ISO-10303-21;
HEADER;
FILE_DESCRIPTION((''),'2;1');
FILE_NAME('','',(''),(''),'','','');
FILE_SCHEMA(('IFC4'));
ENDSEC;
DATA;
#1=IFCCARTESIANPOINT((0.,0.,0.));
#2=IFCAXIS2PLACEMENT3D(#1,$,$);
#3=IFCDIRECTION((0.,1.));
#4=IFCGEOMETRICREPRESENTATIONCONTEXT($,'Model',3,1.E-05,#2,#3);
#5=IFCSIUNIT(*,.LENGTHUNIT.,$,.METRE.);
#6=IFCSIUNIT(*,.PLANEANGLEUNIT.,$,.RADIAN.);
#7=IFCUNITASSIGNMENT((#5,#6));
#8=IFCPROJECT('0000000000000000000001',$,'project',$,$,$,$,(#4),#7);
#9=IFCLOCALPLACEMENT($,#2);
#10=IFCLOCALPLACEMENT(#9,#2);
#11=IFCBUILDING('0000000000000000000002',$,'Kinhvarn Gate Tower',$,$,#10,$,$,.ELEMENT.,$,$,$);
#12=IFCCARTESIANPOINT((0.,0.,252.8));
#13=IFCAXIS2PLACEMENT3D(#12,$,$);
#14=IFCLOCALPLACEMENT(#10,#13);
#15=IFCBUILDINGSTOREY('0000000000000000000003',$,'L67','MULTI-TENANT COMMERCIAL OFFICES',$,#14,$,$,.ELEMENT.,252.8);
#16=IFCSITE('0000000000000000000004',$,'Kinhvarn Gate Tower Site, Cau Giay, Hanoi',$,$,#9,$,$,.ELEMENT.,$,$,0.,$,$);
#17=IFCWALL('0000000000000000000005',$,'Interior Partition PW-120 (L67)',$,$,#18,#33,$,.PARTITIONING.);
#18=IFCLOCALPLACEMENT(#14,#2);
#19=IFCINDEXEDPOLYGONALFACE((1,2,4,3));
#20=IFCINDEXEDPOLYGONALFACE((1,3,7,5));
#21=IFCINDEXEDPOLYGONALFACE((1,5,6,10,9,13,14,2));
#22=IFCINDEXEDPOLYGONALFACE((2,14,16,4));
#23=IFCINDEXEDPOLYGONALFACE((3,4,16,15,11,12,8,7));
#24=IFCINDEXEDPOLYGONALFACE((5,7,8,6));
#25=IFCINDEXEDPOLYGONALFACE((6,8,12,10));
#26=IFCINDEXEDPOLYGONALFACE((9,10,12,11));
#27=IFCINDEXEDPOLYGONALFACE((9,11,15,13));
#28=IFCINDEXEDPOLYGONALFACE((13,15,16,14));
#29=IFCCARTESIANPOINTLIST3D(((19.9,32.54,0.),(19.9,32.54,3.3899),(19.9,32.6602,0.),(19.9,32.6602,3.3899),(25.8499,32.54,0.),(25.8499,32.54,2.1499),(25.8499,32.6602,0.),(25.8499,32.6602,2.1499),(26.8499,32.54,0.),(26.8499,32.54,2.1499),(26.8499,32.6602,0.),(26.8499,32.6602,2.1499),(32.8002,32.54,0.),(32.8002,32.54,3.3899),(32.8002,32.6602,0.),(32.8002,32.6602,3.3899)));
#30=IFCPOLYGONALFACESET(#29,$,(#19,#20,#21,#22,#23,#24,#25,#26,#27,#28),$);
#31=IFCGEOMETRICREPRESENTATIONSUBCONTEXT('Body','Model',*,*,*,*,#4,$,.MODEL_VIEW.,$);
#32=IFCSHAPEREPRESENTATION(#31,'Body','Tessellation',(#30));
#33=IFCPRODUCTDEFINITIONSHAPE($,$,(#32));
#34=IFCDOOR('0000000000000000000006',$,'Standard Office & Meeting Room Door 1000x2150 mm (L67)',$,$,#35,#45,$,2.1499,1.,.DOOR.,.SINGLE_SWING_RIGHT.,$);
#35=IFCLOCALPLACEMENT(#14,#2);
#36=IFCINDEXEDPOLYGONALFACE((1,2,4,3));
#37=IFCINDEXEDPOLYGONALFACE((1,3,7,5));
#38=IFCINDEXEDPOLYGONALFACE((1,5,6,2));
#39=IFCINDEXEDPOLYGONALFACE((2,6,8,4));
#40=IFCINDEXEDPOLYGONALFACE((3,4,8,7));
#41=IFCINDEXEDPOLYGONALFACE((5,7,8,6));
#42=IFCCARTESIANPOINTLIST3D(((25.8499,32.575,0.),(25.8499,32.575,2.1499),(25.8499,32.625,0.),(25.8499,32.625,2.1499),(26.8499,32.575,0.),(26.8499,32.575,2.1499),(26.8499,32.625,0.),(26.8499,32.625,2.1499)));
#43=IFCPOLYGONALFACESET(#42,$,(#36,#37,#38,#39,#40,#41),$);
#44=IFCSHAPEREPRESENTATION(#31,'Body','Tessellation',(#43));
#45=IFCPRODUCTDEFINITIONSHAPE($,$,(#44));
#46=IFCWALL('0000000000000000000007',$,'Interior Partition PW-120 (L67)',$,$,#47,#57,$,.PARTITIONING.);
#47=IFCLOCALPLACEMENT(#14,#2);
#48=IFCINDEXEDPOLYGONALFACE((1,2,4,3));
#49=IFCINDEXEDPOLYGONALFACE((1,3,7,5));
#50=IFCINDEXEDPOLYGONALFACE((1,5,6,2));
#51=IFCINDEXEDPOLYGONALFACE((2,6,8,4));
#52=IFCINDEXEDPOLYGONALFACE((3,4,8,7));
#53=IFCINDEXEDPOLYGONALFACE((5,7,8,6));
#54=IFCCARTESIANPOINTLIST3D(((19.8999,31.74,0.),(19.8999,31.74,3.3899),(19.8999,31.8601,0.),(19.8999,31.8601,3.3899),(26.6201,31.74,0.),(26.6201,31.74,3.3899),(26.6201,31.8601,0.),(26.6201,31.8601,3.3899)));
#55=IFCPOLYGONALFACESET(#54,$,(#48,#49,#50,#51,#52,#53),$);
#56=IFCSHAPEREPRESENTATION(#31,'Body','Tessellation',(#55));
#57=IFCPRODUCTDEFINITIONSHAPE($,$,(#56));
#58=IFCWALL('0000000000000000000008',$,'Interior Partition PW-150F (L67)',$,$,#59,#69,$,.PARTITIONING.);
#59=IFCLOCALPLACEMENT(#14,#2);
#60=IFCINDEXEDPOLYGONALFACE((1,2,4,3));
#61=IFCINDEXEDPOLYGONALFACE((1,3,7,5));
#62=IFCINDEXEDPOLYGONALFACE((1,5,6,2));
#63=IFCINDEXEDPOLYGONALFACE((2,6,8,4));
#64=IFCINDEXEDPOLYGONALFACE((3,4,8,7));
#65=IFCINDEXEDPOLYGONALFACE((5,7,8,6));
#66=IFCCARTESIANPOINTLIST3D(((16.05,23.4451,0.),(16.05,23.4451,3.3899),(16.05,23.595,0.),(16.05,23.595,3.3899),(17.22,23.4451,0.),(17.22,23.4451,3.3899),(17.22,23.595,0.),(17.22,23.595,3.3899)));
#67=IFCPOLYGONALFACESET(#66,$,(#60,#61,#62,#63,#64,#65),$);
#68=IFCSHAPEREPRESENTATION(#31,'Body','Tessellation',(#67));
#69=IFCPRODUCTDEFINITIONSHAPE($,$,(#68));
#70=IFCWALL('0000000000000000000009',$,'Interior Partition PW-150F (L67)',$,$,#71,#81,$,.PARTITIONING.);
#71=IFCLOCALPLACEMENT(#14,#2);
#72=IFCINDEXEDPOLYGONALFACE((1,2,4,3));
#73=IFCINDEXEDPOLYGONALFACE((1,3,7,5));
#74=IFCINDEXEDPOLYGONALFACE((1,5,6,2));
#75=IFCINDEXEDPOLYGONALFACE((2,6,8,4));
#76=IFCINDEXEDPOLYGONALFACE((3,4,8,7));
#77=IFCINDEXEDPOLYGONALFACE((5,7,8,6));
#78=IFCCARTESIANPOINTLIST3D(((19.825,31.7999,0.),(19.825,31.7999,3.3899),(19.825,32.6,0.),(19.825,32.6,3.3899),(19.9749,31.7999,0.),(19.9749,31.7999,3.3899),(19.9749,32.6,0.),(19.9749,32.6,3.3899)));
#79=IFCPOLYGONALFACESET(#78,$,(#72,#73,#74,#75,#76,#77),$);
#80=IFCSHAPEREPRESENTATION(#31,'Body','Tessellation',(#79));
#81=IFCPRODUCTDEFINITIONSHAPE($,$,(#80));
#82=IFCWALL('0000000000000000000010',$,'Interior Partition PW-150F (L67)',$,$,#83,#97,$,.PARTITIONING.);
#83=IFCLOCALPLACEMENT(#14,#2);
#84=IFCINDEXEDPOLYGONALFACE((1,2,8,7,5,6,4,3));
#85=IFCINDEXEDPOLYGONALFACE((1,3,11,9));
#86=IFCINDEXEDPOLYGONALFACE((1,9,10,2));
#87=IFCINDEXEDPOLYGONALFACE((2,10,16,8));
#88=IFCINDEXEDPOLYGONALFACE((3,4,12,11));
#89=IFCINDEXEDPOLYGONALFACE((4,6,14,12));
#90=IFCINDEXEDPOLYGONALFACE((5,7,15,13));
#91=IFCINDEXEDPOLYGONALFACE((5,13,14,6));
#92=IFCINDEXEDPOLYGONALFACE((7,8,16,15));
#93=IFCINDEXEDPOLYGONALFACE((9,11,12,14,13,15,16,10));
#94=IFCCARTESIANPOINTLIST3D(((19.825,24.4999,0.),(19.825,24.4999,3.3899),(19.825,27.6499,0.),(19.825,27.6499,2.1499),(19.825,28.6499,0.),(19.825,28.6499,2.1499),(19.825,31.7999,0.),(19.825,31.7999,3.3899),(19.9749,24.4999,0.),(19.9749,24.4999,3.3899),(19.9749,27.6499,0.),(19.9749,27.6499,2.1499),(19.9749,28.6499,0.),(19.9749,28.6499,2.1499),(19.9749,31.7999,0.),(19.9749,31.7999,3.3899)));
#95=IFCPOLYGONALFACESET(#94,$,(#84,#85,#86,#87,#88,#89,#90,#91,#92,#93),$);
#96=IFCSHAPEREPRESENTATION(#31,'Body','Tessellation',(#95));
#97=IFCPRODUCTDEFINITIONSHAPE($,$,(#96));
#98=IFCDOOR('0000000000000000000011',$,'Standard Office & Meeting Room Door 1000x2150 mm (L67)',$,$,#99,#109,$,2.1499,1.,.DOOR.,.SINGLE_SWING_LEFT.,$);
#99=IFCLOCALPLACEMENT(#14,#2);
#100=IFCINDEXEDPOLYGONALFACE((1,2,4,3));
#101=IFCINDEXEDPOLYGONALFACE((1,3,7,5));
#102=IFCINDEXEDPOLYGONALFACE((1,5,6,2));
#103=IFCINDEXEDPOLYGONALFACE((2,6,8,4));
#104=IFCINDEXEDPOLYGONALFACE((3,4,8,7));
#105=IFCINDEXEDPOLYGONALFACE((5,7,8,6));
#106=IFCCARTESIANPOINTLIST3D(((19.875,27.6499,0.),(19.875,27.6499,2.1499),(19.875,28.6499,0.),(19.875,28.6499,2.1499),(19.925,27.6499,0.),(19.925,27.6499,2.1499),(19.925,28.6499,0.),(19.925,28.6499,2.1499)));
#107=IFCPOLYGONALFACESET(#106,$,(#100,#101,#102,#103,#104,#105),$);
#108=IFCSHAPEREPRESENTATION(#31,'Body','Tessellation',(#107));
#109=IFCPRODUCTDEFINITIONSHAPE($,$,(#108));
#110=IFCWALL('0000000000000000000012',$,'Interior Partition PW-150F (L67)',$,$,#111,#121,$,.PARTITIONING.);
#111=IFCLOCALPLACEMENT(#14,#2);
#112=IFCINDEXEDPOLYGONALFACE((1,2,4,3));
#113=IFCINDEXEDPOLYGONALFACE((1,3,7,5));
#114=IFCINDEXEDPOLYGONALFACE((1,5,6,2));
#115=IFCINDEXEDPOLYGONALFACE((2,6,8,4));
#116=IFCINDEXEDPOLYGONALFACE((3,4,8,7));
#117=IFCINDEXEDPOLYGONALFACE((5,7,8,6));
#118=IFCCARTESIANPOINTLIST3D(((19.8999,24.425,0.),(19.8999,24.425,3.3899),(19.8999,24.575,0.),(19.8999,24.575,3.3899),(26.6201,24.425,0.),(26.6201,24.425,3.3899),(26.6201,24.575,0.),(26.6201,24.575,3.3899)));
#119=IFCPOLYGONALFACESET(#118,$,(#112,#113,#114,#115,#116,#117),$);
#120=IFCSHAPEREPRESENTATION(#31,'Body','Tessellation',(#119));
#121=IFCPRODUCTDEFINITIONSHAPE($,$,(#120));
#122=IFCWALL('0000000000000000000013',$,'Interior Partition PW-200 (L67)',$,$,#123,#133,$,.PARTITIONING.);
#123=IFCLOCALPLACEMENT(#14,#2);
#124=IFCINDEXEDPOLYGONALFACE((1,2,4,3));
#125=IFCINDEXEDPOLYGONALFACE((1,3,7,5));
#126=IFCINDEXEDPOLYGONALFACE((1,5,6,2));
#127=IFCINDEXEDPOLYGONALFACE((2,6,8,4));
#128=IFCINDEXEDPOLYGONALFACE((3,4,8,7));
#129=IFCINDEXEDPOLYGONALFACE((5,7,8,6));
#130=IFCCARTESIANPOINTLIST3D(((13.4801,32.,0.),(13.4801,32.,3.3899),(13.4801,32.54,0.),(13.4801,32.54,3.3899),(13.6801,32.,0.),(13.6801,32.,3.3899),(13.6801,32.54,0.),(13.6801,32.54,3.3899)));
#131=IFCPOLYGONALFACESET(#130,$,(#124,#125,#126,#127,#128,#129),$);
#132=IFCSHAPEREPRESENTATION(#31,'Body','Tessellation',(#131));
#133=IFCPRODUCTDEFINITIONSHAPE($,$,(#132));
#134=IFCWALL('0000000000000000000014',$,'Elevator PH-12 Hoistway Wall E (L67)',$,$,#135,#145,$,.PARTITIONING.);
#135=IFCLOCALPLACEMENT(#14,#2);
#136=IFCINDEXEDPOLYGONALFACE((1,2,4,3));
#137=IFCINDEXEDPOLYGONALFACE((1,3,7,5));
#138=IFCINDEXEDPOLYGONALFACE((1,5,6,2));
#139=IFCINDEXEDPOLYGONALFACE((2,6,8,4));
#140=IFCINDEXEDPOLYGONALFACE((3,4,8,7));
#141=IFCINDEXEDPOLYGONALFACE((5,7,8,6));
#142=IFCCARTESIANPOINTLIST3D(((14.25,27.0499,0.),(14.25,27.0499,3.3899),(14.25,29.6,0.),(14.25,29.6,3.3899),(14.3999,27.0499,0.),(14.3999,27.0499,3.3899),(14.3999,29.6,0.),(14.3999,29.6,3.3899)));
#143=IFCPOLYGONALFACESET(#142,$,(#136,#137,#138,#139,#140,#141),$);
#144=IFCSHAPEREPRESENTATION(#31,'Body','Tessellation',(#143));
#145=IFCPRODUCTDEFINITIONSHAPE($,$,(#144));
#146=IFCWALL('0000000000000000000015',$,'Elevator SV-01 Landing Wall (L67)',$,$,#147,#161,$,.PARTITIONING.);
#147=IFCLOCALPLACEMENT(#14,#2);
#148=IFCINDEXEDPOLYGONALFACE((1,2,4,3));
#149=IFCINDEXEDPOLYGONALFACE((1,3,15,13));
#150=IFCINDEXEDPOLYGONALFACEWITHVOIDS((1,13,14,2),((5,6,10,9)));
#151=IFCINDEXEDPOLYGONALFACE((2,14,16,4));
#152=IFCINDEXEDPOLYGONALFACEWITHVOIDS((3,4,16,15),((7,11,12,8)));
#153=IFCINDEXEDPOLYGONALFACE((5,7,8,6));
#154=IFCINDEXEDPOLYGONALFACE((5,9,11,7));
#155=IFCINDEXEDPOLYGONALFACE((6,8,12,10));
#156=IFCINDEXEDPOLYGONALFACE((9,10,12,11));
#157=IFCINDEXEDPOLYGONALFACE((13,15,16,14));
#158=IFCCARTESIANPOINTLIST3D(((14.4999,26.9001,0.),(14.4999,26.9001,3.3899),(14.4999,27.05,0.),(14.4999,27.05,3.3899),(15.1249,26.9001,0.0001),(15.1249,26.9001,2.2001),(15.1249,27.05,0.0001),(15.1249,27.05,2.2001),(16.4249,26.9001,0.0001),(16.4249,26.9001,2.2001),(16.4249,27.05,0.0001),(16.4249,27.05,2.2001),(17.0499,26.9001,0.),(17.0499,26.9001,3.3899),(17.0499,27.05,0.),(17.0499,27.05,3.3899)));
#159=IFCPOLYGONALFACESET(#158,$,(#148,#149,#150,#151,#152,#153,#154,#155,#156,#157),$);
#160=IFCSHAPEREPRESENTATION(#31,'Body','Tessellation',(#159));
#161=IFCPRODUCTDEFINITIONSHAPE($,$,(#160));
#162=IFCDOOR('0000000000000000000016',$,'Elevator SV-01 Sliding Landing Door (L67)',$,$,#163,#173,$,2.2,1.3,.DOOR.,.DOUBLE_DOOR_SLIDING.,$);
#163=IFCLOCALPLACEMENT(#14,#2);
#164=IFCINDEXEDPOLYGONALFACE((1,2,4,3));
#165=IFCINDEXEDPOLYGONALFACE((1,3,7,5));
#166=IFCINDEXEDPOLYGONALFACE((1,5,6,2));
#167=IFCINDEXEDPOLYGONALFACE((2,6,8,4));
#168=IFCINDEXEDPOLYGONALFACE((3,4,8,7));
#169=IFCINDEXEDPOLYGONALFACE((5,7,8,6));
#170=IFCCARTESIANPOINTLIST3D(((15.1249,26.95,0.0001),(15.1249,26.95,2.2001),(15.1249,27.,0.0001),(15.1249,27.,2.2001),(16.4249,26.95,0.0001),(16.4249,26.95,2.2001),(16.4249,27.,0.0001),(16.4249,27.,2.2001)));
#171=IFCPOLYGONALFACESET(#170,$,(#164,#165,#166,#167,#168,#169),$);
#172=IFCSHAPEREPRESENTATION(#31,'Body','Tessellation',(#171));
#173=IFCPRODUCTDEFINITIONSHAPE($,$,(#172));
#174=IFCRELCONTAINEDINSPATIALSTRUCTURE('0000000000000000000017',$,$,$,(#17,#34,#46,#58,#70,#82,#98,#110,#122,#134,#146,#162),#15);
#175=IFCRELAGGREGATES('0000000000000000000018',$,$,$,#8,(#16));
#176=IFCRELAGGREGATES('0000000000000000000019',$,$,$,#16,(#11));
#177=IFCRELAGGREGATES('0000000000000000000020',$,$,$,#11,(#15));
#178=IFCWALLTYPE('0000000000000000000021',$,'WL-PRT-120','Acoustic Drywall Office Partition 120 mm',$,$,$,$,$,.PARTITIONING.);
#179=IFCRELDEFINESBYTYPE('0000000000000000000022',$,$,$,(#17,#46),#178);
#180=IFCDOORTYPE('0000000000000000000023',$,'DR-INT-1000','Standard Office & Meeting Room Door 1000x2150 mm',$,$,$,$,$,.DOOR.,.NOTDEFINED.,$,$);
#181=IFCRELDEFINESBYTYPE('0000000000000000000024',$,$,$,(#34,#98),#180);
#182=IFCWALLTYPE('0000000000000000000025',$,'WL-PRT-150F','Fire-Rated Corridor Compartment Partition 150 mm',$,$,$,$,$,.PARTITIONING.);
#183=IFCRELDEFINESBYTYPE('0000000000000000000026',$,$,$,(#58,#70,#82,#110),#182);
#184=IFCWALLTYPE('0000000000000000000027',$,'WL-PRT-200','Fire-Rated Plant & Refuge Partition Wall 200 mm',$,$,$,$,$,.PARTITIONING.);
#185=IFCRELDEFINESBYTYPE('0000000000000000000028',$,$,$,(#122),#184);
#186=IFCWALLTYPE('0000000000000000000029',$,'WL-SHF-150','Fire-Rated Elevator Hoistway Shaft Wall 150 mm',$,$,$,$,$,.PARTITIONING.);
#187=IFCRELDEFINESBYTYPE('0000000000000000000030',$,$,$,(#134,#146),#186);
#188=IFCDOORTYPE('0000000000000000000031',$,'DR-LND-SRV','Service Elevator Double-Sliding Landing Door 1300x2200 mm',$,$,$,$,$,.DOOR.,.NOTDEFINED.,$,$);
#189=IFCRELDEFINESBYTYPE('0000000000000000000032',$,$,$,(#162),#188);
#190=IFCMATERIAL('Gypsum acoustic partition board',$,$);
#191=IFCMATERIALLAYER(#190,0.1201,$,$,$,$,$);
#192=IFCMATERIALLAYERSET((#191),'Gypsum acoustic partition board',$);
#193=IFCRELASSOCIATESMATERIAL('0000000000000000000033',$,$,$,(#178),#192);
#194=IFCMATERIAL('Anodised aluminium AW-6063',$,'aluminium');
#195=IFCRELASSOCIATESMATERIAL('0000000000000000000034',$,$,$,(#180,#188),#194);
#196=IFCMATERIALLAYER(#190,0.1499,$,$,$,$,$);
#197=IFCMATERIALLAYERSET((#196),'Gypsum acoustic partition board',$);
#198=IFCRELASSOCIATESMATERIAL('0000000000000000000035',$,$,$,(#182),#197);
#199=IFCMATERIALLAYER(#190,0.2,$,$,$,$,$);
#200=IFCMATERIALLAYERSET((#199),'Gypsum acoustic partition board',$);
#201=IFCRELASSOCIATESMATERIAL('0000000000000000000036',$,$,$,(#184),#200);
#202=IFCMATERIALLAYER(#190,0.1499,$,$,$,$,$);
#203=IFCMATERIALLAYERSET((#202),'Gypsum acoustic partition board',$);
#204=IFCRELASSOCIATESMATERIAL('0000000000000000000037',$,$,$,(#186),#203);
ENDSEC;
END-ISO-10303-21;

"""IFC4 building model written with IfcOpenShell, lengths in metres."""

from ifc_helpers import new_model, si_unit, direction, frame, frame_2d, origin, place, context, subcontext, project, spatial, rectangle, extrude, material, layer, layer_set, type_object, element, fill, save


model = new_model("IFC4")

# Units and contexts
model_context = context("Model", 3, precision=1e-05, world=origin(), true_north=direction((0.0, 1.0)))
body_context = subcontext(model_context, "Body", "Model", "MODEL_VIEW")
ifc_project = project(units=[si_unit("LENGTHUNIT", "METRE"), si_unit("PLANEANGLEUNIT", "RADIAN")], contexts=[model_context])

# Site, building, storey
site_placement = place(None, origin())
site = spatial("IfcSite", under=ifc_project, at=site_placement, Name="Kinhvarn Gate Tower Site, Cau Giay, Hanoi", CompositionType="ELEMENT", RefElevation=0.0)
building_placement = place(site_placement, origin())
building = spatial("IfcBuilding", under=site, at=building_placement, Name="Kinhvarn Gate Tower", CompositionType="ELEMENT")
storey_placement = place(building_placement, frame((0.0, 0.0, 252.8)))
storey = spatial("IfcBuildingStorey", under=building, at=storey_placement, Name="L67", Description="MULTI-TENANT COMMERCIAL OFFICES", CompositionType="ELEMENT", Elevation=252.8)

# Wall, opening, door
ifc_material_1 = material(Name="Anodised aluminium AW-6063", Category="aluminium")
ifc_material_2 = material(Name="Gypsum acoustic partition board")
ifc_layer_1 = layer(ifc_material_2, 0.1201)
ifc_layer_set_1 = layer_set([ifc_layer_1], Name="Gypsum acoustic partition board")
wall_type_1 = type_object("IfcWallType", Name="WL-PRT-120", Description="Acoustic Drywall Office Partition 120 mm", PredefinedType="PARTITIONING", material=ifc_layer_set_1)
wall_1_placement = place(storey_placement, frame((19.8999, 32.6001, 0.0), z_axis=(0.0, 0.0, 1.0), x_axis=(1.0, 0.0, 0.0)))
wall_1 = element("IfcWall", 1, at=wall_1_placement, inside=storey, type_object=wall_type_1, Name="Interior Partition PW-120 (L67)", PredefinedType="PARTITIONING", context=body_context, shape_type="SweptSolid", body=[
    extrude(rectangle(XDim=12.9001, YDim=0.1201, at=frame_2d((6.4502, 0.0))), origin(), (0.0, 0.0, 1.0), 3.3899),
])
opening_1_placement = place(wall_1_placement, frame((5.95, 0.0, 0.0)))
opening_1 = element("IfcOpeningElement", 2, at=opening_1_placement, cuts=wall_1, PredefinedType="OPENING", context=body_context, shape_type="SweptSolid", body=[
    extrude(rectangle(XDim=1.0, YDim=2.1499, at=frame_2d((0.5, 1.075))), frame((0.0, 0.0701, 0.0), z_axis=(0.0, -1.0, 0.0), x_axis=(1.0, 0.0, 0.0)), (0.0, 0.0, 1.0), 0.1401),
])
door_type_1 = type_object("IfcDoorType", Name="DR-INT-1000", Description="Standard Office & Meeting Room Door 1000x2150 mm", OperationType="NOTDEFINED", PredefinedType="DOOR", material=ifc_material_1)
door_1_placement = place(opening_1_placement, origin())
door_1 = element("IfcDoor", 3, at=door_1_placement, inside=storey, type_object=door_type_1, Name="Standard Office & Meeting Room Door 1000x2150 mm (L67)", OperationType="SINGLE_SWING_RIGHT", OverallHeight=2.1499, OverallWidth=1.0, PredefinedType="DOOR", context=body_context, shape_type="SweptSolid", body=[
    extrude(rectangle(XDim=1.0, YDim=2.1499, at=frame_2d((0.5, 1.075))), frame((0.0, 0.0249, 0.0), z_axis=(0.0, -1.0, 0.0), x_axis=(1.0, 0.0, 0.0)), (0.0, 0.0, 1.0), 0.05),
])
fill(opening_1, door_1)

# Walls
wall_2_placement = place(storey_placement, frame((19.8999, 31.8, 0.0), z_axis=(0.0, 0.0, 1.0), x_axis=(1.0, 0.0, 0.0)))
element("IfcWall", 4, at=wall_2_placement, inside=storey, type_object=wall_type_1, Name="Interior Partition PW-120 (L67)", PredefinedType="PARTITIONING", context=body_context, shape_type="SweptSolid", body=[
    extrude(rectangle(XDim=6.7202, YDim=0.1201, at=frame_2d((3.3601, 0.0))), origin(), (0.0, 0.0, 1.0), 3.3899),
])
ifc_layer_2 = layer(ifc_material_2, 0.1499)
ifc_layer_set_2 = layer_set([ifc_layer_2], Name="Gypsum acoustic partition board")
wall_type_2 = type_object("IfcWallType", Name="WL-PRT-150F", Description="Fire-Rated Corridor Compartment Partition 150 mm", PredefinedType="PARTITIONING", material=ifc_layer_set_2)
wall_3_placement = place(storey_placement, frame((16.05, 23.52, 0.0), z_axis=(0.0, 0.0, 1.0), x_axis=(1.0, 0.0, 0.0)))
element("IfcWall", 5, at=wall_3_placement, inside=storey, type_object=wall_type_2, Name="Interior Partition PW-150F (L67)", PredefinedType="PARTITIONING", context=body_context, shape_type="SweptSolid", body=[
    extrude(rectangle(XDim=1.1699, YDim=0.1499, at=frame_2d((0.585, 0.0))), origin(), (0.0, 0.0, 1.0), 3.3899),
])

# Wall
wall_4_placement = place(storey_placement, frame((19.8999, 31.8, 0.0), z_axis=(0.0, 0.0, 1.0), x_axis=(0.0, 1.0, 0.0)))
element("IfcWall", 6, at=wall_4_placement, inside=storey, type_object=wall_type_2, Name="Interior Partition PW-150F (L67)", PredefinedType="PARTITIONING", context=body_context, shape_type="SweptSolid", body=[
    extrude(rectangle(XDim=0.8, YDim=0.1499, at=frame_2d((0.3999, 0.0))), origin(), (0.0, 0.0, 1.0), 3.3899),
])

# Wall, opening, door
wall_5_placement = place(storey_placement, frame((19.8999, 24.5, 0.0), z_axis=(0.0, 0.0, 1.0), x_axis=(0.0, 1.0, 0.0)))
wall_5 = element("IfcWall", 7, at=wall_5_placement, inside=storey, type_object=wall_type_2, Name="Interior Partition PW-150F (L67)", PredefinedType="PARTITIONING", context=body_context, shape_type="SweptSolid", body=[
    extrude(rectangle(XDim=7.3, YDim=0.1499, at=frame_2d((3.6499, 0.0))), origin(), (0.0, 0.0, 1.0), 3.3899),
])
opening_2_placement = place(wall_5_placement, frame((3.1499, 0.0, 0.0)))
opening_2 = element("IfcOpeningElement", 8, at=opening_2_placement, cuts=wall_5, PredefinedType="OPENING", context=body_context, shape_type="SweptSolid", body=[
    extrude(rectangle(XDim=1.0, YDim=2.1499, at=frame_2d((0.5, 1.075))), frame((0.0, 0.085, 0.0), z_axis=(0.0, -1.0, 0.0), x_axis=(1.0, 0.0, 0.0)), (0.0, 0.0, 1.0), 0.1699),
])
door_2_placement = place(opening_2_placement, origin())
door_2 = element("IfcDoor", 9, at=door_2_placement, inside=storey, type_object=door_type_1, Name="Standard Office & Meeting Room Door 1000x2150 mm (L67)", OperationType="SINGLE_SWING_LEFT", OverallHeight=2.1499, OverallWidth=1.0, PredefinedType="DOOR", context=body_context, shape_type="SweptSolid", body=[
    extrude(rectangle(XDim=1.0, YDim=2.1499, at=frame_2d((0.5, 1.075))), frame((0.0, 0.0249, 0.0), z_axis=(0.0, -1.0, 0.0), x_axis=(1.0, 0.0, 0.0)), (0.0, 0.0, 1.0), 0.05),
])
fill(opening_2, door_2)

# Walls
wall_6_placement = place(storey_placement, frame((19.8999, 24.5, 0.0), z_axis=(0.0, 0.0, 1.0), x_axis=(1.0, 0.0, 0.0)))
element("IfcWall", 10, at=wall_6_placement, inside=storey, type_object=wall_type_2, Name="Interior Partition PW-150F (L67)", PredefinedType="PARTITIONING", context=body_context, shape_type="SweptSolid", body=[
    extrude(rectangle(XDim=6.7202, YDim=0.1499, at=frame_2d((3.3601, 0.0))), origin(), (0.0, 0.0, 1.0), 3.3899),
])
ifc_layer_3 = layer(ifc_material_2, 0.2)
ifc_layer_set_3 = layer_set([ifc_layer_3], Name="Gypsum acoustic partition board")
wall_type_3 = type_object("IfcWallType", Name="WL-PRT-200", Description="Fire-Rated Plant & Refuge Partition Wall 200 mm", PredefinedType="PARTITIONING", material=ifc_layer_set_3)
wall_7_placement = place(storey_placement, frame((13.5801, 32.0, 0.0), z_axis=(0.0, 0.0, 1.0), x_axis=(0.0, 1.0, 0.0)))
element("IfcWall", 11, at=wall_7_placement, inside=storey, type_object=wall_type_3, Name="Interior Partition PW-200 (L67)", PredefinedType="PARTITIONING", context=body_context, shape_type="SweptSolid", body=[
    extrude(rectangle(XDim=0.54, YDim=0.2, at=frame_2d((0.27, 0.0))), origin(), (0.0, 0.0, 1.0), 3.3899),
])
ifc_layer_4 = layer(ifc_material_2, 0.1499)
ifc_layer_set_4 = layer_set([ifc_layer_4], Name="Gypsum acoustic partition board")
wall_type_4 = type_object("IfcWallType", Name="WL-SHF-150", Description="Fire-Rated Elevator Hoistway Shaft Wall 150 mm", PredefinedType="PARTITIONING", material=ifc_layer_set_4)
wall_8_placement = place(storey_placement, frame((14.325, 27.05, 0.0), z_axis=(0.0, 0.0, 1.0), x_axis=(0.0, 1.0, 0.0)))
element("IfcWall", 12, at=wall_8_placement, inside=storey, type_object=wall_type_4, Name="Elevator PH-12 Hoistway Wall E (L67)", PredefinedType="PARTITIONING", context=body_context, shape_type="SweptSolid", body=[
    extrude(rectangle(XDim=2.55, YDim=0.1499, at=frame_2d((1.2749, 0.0))), origin(), (0.0, 0.0, 1.0), 3.3899),
])

# Wall, opening, door
wall_9_placement = place(storey_placement, frame((14.5, 26.9751, 0.0), z_axis=(0.0, 0.0, 1.0), x_axis=(1.0, 0.0, 0.0)))
wall_9 = element("IfcWall", 13, at=wall_9_placement, inside=storey, type_object=wall_type_4, Name="Elevator SV-01 Landing Wall (L67)", PredefinedType="PARTITIONING", context=body_context, shape_type="SweptSolid", body=[
    extrude(rectangle(XDim=2.55, YDim=0.1499, at=frame_2d((1.2749, 0.0))), origin(), (0.0, 0.0, 1.0), 3.3899),
])
opening_3_placement = place(wall_9_placement, frame((0.625, 0.0, 0.0)))
opening_3 = element("IfcOpeningElement", 14, at=opening_3_placement, cuts=wall_9, PredefinedType="OPENING", context=body_context, shape_type="SweptSolid", body=[
    extrude(rectangle(XDim=1.3, YDim=2.2, at=frame_2d((0.6499, 1.1001))), frame((0.0, 0.085, 0.0), z_axis=(0.0, -1.0, 0.0), x_axis=(1.0, 0.0, 0.0)), (0.0, 0.0, 1.0), 0.1699),
])
door_type_2 = type_object("IfcDoorType", Name="DR-LND-SRV", Description="Service Elevator Double-Sliding Landing Door 1300x2200 mm", OperationType="NOTDEFINED", PredefinedType="DOOR", material=ifc_material_1)
door_3_placement = place(opening_3_placement, origin())
door_3 = element("IfcDoor", 15, at=door_3_placement, inside=storey, type_object=door_type_2, Name="Elevator SV-01 Sliding Landing Door (L67)", OperationType="DOUBLE_DOOR_SLIDING", OverallHeight=2.2, OverallWidth=1.3, PredefinedType="DOOR", context=body_context, shape_type="SweptSolid", body=[
    extrude(rectangle(XDim=1.3, YDim=2.2, at=frame_2d((0.6499, 1.1001))), frame((0.0, 0.0249, 0.0), z_axis=(0.0, -1.0, 0.0), x_axis=(1.0, 0.0, 0.0)), (0.0, 0.0, 1.0), 0.05),
])
fill(opening_3, door_3)

save(model, "model.ifc")
